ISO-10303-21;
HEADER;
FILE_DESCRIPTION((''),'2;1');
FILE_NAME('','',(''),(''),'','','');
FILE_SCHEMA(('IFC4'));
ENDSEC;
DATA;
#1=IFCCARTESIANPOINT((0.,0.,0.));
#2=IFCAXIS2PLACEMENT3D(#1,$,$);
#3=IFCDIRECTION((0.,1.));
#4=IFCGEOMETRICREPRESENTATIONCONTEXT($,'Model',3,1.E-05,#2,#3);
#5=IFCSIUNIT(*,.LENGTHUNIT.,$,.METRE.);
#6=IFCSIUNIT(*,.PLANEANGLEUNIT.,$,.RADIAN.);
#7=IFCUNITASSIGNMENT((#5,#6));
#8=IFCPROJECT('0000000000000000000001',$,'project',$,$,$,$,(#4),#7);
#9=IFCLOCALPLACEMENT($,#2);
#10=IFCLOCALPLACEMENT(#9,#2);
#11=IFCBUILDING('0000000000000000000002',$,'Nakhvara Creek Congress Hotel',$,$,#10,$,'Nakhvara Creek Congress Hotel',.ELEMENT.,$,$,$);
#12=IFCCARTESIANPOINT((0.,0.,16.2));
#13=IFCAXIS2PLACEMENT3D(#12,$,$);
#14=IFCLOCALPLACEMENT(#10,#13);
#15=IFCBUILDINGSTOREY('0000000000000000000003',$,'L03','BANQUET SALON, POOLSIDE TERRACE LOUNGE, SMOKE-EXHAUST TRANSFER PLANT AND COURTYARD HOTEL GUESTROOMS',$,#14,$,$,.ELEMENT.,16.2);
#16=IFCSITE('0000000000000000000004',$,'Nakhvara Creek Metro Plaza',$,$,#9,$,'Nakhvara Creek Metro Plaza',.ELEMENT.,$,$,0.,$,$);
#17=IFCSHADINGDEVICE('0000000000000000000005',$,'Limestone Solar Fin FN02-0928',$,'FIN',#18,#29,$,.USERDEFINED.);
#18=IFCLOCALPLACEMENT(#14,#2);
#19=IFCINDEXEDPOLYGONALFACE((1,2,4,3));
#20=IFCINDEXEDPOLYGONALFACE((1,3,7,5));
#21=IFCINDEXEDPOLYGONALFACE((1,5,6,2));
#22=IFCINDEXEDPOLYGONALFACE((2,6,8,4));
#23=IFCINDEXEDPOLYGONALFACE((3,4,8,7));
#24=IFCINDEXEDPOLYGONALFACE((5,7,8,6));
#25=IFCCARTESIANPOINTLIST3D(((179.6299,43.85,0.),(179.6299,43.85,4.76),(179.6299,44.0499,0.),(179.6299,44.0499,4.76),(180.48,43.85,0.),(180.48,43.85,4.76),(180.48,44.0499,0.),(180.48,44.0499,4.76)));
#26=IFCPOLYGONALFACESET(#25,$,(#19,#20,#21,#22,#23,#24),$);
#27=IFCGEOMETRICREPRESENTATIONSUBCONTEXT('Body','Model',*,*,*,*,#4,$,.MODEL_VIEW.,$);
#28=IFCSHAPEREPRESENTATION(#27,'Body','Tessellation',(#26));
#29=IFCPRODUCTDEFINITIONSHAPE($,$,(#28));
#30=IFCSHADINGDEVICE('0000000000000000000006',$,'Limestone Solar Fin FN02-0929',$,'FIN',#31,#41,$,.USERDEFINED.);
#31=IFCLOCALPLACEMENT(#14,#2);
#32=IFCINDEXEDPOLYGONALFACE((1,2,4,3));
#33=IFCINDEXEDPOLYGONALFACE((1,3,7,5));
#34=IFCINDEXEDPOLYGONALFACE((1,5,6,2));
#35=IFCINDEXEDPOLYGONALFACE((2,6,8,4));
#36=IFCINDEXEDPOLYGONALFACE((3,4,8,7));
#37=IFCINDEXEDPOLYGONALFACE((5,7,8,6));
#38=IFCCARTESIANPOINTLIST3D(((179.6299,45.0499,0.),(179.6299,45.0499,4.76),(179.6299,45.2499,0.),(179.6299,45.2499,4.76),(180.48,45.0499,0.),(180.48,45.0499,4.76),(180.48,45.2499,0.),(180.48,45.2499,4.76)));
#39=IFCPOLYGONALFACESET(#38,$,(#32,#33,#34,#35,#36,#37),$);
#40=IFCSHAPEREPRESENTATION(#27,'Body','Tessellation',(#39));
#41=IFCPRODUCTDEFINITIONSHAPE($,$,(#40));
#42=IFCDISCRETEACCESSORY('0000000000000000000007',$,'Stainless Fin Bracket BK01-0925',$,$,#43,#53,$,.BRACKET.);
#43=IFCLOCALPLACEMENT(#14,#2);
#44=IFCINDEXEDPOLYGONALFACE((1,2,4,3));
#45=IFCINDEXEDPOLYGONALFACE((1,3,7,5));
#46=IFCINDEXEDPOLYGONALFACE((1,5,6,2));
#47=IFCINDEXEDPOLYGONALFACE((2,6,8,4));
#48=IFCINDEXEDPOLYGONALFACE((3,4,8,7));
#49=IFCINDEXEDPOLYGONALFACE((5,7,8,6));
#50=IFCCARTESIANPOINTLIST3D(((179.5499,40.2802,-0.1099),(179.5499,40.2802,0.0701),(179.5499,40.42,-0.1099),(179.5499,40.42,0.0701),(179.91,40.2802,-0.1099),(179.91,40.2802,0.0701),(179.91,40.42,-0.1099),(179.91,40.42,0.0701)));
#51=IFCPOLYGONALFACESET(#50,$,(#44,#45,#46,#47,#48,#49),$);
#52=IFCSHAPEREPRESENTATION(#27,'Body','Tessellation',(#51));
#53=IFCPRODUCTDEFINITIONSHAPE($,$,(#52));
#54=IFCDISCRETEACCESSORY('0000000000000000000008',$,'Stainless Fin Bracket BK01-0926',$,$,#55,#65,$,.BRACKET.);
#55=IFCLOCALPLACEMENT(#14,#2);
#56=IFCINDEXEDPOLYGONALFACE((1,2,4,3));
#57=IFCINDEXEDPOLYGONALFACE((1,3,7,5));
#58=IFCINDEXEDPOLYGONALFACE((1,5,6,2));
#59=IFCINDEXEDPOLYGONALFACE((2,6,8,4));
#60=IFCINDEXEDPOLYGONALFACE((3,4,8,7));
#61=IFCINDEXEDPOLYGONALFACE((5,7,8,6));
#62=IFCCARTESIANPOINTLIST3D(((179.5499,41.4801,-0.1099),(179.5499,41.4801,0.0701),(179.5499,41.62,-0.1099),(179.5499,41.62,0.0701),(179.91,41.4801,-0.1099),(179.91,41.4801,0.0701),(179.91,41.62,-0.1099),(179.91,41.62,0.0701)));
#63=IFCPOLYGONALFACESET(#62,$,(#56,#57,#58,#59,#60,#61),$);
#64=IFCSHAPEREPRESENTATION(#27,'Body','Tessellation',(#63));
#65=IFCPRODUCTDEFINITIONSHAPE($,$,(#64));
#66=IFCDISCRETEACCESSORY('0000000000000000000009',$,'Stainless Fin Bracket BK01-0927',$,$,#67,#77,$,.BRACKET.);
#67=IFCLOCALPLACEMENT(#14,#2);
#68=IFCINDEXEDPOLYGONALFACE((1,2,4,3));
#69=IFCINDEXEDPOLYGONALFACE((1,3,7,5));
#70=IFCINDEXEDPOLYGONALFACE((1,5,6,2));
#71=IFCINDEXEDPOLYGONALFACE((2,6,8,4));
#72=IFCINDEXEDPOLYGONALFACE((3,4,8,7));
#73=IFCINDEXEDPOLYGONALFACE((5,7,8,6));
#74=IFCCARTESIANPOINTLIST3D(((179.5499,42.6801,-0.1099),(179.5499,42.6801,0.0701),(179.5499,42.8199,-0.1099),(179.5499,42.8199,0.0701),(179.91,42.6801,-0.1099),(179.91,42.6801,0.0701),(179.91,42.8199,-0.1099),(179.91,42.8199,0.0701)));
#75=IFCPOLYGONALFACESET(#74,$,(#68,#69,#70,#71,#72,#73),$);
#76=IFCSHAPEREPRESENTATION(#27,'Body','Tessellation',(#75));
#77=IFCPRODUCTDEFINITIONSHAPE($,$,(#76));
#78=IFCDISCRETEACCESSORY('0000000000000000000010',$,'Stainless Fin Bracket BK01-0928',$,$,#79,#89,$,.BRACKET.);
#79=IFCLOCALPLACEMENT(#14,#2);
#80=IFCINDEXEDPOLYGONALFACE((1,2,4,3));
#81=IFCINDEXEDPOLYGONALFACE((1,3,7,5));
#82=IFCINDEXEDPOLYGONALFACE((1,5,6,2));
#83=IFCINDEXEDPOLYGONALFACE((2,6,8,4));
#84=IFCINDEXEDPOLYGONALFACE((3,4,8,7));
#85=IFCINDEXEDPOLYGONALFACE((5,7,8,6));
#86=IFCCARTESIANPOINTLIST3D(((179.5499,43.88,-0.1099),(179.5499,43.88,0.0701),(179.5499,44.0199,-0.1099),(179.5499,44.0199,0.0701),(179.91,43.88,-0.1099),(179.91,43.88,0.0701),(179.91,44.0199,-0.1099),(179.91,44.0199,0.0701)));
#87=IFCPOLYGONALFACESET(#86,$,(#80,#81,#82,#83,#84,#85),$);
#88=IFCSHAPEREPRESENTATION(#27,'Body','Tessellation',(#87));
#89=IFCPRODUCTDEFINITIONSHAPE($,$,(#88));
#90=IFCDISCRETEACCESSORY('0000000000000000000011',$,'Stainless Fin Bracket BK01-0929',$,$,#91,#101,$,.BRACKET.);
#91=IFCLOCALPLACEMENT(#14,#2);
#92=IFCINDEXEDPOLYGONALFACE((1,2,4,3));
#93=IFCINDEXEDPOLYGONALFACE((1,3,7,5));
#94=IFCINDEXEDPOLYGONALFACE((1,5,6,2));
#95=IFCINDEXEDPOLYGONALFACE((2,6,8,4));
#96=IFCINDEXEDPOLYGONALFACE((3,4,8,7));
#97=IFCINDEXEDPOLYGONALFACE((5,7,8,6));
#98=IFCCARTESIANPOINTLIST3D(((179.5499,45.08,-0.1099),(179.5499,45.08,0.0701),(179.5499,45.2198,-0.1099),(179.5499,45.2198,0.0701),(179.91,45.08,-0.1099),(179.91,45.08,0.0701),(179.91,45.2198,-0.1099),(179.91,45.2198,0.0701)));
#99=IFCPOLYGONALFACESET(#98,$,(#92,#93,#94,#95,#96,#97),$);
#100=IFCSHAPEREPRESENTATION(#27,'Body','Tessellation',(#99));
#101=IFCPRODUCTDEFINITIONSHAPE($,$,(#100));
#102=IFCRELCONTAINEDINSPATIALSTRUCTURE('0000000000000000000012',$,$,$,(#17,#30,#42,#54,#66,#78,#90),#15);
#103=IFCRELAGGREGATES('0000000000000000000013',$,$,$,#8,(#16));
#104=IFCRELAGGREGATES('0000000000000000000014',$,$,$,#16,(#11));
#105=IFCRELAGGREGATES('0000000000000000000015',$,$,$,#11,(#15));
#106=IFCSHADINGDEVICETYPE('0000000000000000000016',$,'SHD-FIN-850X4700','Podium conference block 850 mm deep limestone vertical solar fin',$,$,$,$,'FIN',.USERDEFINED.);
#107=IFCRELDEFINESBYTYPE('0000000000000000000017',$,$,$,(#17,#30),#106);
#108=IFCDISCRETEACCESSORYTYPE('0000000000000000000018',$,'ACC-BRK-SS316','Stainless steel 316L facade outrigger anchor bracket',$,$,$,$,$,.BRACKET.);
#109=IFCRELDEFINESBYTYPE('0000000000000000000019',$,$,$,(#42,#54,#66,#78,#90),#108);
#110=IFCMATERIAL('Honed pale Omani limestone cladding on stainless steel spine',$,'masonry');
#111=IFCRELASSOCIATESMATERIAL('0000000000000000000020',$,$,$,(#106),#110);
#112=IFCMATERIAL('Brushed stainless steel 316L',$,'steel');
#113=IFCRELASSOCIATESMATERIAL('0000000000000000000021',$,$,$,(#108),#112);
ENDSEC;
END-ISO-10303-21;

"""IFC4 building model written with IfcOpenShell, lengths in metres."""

from ifc_helpers import new_model, si_unit, direction, frame, origin, origin_2d, place, context, subcontext, project, spatial, rectangle, extrude, material, type_object, element, save


model = new_model("IFC4")

# Units and contexts
model_context = context("Model", 3, precision=1e-05, world=origin(), true_north=direction((0.0, 1.0)))
body_context = subcontext(model_context, "Body", "Model", "MODEL_VIEW")
ifc_project = project(units=[si_unit("LENGTHUNIT", "METRE"), si_unit("PLANEANGLEUNIT", "RADIAN")], contexts=[model_context])

# Site, building, storey
site_placement = place(None, origin())
site = spatial("IfcSite", under=ifc_project, at=site_placement, Name="Nakhvara Creek Metro Plaza", LongName="Nakhvara Creek Metro Plaza", CompositionType="ELEMENT", RefElevation=0.0)
building_placement = place(site_placement, origin())
building = spatial("IfcBuilding", under=site, at=building_placement, Name="Nakhvara Creek Congress Hotel", LongName="Nakhvara Creek Congress Hotel", CompositionType="ELEMENT")
storey_placement = place(building_placement, frame((0.0, 0.0, 16.2)))
storey = spatial("IfcBuildingStorey", under=building, at=storey_placement, Name="L03", Description="BANQUET SALON, POOLSIDE TERRACE LOUNGE, SMOKE-EXHAUST TRANSFER PLANT AND COURTYARD HOTEL GUESTROOMS", CompositionType="ELEMENT", Elevation=16.2)

# Shading devices
ifc_material_1 = material(Name="Honed pale Omani limestone cladding on stainless steel spine", Category="masonry")
shading_device_type = type_object("IfcShadingDeviceType", Name="SHD-FIN-850X4700", Description="Podium conference block 850 mm deep limestone vertical solar fin", ElementType="FIN", PredefinedType="USERDEFINED", material=ifc_material_1)
for number, where, z_axis, x_axis, name in (
    (1, (180.0549, 43.95, 0.0), (0.0, 0.0, 1.0), (0.0, 1.0, 0.0), "Limestone Solar Fin FN02-0928"),
    (2, (180.0549, 45.1499, 0.0), (0.0, 0.0, 1.0), (0.0, 1.0, 0.0), "Limestone Solar Fin FN02-0929"),
):
    element("IfcShadingDevice", number, at=place(storey_placement, frame(where, z_axis=z_axis, x_axis=x_axis)), inside=storey, type_object=shading_device_type, Name=name, ObjectType="FIN", PredefinedType="USERDEFINED", context=body_context, shape_type="SweptSolid", body=[
        extrude(rectangle(XDim=0.2, YDim=0.8501, at=origin_2d()), origin(), (0.0, 0.0, 1.0), 4.76),
    ])

# Discrete accessories
ifc_material_2 = material(Name="Brushed stainless steel 316L", Category="steel")
discrete_accessory_type = type_object("IfcDiscreteAccessoryType", Name="ACC-BRK-SS316", Description="Stainless steel 316L facade outrigger anchor bracket", PredefinedType="BRACKET", material=ifc_material_2)
for number, where, z_axis, x_axis, name in (
    (3, (179.73, 40.3501, -0.1099), (0.0, 0.0, 1.0), (0.0, 1.0, 0.0), "Stainless Fin Bracket BK01-0925"),
    (4, (179.73, 41.55, -0.1099), (0.0, 0.0, 1.0), (0.0, 1.0, 0.0), "Stainless Fin Bracket BK01-0926"),
    (5, (179.73, 42.75, -0.1099), (0.0, 0.0, 1.0), (0.0, 1.0, 0.0), "Stainless Fin Bracket BK01-0927"),
    (6, (179.73, 43.95, -0.1099), (0.0, 0.0, 1.0), (0.0, 1.0, 0.0), "Stainless Fin Bracket BK01-0928"),
    (7, (179.73, 45.1499, -0.1099), (0.0, 0.0, 1.0), (0.0, 1.0, 0.0), "Stainless Fin Bracket BK01-0929"),
):
    element("IfcDiscreteAccessory", number, at=place(storey_placement, frame(where, z_axis=z_axis, x_axis=x_axis)), inside=storey, type_object=discrete_accessory_type, Name=name, PredefinedType="BRACKET", context=body_context, shape_type="SweptSolid", body=[
        extrude(rectangle(XDim=0.1399, YDim=0.3601, at=origin_2d()), origin(), (0.0, 0.0, 1.0), 0.1799),
    ])

save(model, "model.ifc")
